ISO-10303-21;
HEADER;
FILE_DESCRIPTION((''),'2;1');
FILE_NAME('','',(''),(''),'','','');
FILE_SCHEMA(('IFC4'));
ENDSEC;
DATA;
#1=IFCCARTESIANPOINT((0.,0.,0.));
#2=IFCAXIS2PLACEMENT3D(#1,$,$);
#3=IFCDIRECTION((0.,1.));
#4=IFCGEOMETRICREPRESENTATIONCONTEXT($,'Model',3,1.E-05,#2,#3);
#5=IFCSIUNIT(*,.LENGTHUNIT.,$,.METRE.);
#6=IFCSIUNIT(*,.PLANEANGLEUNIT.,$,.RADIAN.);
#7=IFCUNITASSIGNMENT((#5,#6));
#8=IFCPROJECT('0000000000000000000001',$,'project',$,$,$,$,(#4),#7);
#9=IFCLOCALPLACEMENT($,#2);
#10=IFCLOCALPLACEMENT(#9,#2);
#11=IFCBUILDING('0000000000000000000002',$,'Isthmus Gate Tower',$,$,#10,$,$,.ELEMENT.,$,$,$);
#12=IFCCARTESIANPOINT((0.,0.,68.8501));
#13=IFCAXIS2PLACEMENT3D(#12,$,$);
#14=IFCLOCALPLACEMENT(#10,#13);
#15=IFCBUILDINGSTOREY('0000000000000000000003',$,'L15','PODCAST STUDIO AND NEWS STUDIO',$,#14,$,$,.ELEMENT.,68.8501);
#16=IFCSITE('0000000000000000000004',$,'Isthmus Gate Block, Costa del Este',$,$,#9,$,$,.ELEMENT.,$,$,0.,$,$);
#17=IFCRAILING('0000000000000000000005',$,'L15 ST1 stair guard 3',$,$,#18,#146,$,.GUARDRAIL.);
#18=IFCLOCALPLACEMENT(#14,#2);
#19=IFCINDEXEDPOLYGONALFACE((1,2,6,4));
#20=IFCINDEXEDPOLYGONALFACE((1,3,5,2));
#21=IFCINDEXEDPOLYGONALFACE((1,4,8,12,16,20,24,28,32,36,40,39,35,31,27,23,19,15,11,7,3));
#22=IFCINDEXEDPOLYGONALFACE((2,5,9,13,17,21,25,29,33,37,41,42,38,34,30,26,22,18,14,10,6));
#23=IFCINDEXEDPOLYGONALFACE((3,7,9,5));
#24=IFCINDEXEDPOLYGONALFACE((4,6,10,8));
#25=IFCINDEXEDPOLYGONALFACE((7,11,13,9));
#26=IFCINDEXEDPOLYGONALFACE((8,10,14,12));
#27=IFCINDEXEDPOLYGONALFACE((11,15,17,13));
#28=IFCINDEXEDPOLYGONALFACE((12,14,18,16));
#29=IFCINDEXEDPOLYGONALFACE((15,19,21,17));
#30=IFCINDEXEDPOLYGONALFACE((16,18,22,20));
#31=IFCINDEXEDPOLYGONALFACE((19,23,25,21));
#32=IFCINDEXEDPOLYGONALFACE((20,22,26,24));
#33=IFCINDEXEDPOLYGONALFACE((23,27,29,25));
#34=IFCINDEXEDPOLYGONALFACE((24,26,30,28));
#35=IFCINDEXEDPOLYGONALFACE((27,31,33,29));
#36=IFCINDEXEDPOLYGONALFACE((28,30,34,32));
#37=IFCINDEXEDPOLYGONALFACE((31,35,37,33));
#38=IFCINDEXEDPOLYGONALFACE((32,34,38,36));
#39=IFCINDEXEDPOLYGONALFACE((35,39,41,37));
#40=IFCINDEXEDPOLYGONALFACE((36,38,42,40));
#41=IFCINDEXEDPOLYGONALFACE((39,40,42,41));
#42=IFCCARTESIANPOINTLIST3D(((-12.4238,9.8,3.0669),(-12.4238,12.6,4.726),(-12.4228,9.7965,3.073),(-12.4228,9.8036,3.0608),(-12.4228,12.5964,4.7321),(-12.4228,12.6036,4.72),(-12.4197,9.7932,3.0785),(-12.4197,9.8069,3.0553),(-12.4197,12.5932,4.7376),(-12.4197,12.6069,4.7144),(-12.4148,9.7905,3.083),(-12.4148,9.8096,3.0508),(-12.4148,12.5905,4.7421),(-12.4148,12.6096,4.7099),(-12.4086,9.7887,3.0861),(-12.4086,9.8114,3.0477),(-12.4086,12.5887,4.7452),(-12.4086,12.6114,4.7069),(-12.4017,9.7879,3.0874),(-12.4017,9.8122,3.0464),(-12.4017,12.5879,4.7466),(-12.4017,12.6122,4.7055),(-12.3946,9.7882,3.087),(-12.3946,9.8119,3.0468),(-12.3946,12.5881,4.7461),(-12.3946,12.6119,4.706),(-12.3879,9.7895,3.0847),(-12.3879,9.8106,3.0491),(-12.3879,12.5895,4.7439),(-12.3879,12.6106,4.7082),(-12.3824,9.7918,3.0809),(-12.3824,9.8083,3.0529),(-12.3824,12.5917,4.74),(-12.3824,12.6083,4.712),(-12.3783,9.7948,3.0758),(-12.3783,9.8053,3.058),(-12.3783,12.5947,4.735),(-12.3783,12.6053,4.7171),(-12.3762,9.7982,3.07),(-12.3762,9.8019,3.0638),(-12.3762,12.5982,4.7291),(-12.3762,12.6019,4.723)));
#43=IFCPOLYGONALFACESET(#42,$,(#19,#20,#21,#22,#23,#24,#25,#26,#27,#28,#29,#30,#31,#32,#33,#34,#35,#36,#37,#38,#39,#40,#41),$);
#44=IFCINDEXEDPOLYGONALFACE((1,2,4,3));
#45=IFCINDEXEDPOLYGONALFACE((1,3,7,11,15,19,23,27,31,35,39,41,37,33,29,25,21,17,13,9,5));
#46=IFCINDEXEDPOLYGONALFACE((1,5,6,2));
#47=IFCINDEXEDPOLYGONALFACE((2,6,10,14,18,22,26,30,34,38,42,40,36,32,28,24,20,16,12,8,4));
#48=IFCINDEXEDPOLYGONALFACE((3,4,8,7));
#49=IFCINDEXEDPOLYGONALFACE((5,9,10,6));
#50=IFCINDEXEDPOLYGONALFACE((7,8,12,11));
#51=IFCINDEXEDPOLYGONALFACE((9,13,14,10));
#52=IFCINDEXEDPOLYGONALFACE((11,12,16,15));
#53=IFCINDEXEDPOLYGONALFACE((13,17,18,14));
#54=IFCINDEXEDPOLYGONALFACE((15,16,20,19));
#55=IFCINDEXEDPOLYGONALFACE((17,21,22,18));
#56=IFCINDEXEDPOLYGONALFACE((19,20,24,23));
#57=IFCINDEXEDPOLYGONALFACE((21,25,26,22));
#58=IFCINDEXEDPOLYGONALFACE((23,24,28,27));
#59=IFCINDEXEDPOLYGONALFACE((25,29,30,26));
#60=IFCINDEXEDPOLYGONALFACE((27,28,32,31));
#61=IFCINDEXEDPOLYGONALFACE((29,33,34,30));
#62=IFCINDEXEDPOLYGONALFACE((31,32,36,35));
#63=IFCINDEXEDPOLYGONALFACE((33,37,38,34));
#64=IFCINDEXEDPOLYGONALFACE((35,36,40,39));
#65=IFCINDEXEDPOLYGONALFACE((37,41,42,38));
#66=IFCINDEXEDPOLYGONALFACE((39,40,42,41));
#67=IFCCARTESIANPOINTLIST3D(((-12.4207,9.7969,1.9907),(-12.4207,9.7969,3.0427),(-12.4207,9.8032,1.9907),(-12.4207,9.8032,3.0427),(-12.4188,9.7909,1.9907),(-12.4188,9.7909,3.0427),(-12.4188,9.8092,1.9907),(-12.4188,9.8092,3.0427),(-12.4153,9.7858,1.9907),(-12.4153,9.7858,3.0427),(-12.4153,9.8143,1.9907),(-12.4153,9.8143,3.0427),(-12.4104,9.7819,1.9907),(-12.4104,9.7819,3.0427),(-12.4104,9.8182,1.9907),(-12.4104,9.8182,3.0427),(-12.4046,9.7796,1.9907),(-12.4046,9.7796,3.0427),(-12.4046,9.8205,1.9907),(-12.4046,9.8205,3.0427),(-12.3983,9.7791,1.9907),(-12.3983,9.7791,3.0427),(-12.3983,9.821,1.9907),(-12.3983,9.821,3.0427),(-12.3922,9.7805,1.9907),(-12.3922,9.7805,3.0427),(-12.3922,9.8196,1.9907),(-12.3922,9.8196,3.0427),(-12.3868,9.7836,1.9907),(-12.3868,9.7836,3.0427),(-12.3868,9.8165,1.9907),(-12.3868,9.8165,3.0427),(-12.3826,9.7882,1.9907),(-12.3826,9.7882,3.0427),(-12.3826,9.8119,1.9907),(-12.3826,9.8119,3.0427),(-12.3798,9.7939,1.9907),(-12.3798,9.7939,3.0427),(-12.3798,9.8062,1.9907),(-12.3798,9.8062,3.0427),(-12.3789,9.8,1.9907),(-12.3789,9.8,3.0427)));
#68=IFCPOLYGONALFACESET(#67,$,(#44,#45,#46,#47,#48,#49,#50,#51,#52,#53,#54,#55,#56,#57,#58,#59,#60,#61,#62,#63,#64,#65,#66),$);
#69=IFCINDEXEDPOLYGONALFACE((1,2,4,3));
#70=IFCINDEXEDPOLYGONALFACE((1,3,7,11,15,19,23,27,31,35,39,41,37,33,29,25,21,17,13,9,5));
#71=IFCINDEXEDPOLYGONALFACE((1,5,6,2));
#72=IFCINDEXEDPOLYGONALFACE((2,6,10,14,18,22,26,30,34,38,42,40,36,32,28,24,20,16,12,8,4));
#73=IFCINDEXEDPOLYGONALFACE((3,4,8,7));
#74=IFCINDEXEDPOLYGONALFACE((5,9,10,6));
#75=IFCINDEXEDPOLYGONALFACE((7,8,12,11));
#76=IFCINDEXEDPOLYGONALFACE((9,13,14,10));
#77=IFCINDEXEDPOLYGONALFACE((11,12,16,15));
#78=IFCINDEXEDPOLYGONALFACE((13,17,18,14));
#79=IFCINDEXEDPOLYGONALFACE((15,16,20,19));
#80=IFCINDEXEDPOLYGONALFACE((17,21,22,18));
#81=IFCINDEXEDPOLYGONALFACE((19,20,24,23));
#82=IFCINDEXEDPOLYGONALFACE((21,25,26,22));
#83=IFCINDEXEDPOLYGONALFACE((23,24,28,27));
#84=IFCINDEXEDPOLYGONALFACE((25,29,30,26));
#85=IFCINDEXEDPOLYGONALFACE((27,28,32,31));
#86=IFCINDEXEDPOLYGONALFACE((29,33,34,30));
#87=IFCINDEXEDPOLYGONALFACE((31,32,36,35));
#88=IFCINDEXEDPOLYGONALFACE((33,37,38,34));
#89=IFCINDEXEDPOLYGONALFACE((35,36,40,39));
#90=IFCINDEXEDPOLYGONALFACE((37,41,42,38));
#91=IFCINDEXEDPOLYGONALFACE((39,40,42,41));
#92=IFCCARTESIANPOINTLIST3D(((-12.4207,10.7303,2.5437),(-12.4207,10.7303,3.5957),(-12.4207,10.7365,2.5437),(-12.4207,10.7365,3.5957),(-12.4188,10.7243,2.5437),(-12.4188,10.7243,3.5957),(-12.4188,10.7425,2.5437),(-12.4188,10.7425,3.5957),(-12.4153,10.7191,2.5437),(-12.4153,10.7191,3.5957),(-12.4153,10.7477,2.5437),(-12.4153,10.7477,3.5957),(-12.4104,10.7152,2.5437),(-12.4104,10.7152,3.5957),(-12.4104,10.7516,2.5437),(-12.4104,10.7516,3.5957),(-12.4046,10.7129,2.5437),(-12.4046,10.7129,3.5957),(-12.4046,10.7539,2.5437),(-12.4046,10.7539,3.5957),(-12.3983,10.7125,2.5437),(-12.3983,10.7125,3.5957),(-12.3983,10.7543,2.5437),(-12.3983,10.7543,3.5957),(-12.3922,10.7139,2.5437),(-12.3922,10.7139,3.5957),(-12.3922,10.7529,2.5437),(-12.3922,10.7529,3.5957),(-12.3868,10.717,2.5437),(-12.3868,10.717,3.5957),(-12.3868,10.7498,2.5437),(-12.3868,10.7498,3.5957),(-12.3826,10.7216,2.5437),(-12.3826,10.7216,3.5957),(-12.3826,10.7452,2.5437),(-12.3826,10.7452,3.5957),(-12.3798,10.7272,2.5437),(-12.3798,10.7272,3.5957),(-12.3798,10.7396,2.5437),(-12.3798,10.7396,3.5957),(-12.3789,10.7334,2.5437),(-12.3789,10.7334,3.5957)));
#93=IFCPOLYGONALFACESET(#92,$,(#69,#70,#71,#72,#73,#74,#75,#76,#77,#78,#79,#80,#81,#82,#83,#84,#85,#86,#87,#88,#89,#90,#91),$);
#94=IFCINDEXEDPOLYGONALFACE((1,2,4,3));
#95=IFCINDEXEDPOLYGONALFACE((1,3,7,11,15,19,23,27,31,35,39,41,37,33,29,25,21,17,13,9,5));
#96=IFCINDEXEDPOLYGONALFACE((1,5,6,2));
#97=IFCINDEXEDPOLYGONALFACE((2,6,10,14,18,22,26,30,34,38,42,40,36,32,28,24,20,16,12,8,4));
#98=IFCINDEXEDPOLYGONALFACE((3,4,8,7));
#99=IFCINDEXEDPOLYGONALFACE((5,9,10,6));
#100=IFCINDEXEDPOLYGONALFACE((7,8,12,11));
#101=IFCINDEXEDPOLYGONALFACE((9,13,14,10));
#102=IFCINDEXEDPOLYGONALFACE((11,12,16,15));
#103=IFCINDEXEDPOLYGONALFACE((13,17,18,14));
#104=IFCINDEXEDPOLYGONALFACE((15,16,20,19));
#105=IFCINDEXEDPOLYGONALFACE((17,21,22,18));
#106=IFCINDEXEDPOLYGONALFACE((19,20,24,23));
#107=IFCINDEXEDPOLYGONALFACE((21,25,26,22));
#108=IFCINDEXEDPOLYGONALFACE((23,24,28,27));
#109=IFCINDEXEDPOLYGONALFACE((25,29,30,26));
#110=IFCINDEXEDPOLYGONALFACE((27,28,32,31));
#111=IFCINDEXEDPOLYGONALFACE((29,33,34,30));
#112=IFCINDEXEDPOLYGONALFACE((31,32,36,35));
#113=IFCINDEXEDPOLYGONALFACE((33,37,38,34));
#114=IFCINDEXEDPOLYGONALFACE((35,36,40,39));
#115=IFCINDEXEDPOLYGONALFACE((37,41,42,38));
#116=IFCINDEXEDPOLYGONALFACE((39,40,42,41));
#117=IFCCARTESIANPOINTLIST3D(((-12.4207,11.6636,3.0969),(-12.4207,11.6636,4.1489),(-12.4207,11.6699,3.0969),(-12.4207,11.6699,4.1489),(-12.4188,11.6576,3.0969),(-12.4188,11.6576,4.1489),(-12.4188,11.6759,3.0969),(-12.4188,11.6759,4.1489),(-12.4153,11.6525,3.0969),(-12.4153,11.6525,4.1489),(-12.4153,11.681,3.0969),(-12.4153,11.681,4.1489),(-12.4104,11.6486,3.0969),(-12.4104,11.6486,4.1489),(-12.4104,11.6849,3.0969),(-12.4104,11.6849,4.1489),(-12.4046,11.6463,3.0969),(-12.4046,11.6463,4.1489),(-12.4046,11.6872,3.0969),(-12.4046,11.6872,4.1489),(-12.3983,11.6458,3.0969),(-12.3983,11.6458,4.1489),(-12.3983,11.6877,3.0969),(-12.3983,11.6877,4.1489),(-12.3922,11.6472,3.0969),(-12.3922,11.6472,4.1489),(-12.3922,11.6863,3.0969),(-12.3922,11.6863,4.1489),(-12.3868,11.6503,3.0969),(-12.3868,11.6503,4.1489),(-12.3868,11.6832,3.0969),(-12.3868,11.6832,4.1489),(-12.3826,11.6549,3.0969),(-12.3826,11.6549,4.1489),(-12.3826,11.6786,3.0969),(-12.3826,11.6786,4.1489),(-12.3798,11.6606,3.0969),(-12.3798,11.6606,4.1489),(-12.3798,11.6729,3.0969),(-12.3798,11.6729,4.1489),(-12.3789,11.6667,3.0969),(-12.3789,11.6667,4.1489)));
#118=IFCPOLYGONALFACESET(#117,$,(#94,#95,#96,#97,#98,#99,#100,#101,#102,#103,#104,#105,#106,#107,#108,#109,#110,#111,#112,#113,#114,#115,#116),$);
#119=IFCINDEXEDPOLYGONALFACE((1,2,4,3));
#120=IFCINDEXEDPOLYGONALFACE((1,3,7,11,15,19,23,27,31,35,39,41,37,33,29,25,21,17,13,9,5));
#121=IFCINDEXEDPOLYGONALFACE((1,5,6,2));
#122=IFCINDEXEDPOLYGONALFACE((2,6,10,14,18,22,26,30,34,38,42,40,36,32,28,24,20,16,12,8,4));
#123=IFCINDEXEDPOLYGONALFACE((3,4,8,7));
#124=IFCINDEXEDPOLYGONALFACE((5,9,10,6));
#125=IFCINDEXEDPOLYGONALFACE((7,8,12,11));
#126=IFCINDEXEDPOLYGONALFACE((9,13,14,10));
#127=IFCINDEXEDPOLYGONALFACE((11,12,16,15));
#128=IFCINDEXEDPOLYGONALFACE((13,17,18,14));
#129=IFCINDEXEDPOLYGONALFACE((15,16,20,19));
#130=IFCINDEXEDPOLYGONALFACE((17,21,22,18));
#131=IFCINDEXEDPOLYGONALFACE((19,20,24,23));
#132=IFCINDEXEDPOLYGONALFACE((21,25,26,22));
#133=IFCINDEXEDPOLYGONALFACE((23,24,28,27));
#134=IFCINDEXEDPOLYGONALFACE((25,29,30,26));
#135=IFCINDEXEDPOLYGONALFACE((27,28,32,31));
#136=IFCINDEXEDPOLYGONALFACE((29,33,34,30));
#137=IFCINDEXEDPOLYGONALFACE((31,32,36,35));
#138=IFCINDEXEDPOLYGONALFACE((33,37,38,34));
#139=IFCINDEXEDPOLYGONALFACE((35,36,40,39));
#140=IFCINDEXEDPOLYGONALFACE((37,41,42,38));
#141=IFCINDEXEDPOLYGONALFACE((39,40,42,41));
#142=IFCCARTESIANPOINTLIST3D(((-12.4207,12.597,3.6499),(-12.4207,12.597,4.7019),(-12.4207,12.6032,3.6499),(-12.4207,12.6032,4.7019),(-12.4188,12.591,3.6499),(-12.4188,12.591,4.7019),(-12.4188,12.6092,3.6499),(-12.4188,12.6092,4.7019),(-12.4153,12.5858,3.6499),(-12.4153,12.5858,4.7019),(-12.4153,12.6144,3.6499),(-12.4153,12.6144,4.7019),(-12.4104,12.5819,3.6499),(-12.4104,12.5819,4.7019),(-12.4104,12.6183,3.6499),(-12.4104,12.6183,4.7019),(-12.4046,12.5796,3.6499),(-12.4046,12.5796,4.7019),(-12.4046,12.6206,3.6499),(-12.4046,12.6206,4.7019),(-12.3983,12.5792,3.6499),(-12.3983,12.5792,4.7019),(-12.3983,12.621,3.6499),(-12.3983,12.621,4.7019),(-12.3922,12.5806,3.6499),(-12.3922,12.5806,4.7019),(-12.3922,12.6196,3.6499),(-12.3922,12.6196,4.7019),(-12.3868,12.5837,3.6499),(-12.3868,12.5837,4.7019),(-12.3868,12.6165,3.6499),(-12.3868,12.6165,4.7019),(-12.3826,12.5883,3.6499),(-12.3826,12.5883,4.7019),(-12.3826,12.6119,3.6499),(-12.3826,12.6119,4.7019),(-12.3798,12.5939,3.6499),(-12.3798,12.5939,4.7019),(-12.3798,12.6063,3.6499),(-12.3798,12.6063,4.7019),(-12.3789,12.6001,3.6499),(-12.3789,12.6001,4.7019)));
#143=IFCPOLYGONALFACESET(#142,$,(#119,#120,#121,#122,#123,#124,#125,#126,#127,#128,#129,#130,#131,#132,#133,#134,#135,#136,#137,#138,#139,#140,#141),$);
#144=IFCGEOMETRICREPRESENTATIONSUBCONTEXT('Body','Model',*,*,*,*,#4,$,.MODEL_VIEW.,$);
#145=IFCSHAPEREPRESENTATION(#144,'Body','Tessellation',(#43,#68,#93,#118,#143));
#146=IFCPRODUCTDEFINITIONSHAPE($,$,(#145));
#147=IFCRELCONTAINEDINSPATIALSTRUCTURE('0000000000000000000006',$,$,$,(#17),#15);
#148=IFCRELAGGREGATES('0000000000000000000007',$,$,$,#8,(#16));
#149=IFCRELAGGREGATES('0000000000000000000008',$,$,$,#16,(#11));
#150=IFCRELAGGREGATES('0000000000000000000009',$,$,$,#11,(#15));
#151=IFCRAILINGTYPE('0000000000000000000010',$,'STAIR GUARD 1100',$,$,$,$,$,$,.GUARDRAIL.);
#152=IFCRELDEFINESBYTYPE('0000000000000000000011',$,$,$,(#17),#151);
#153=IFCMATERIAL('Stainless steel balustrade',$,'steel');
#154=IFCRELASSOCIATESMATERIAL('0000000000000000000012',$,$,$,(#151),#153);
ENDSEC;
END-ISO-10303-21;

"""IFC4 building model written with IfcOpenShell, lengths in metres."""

from ifc_helpers import new_model, si_unit, direction, frame, origin, origin_2d, place, context, subcontext, project, spatial, circle, extrude, material, type_object, element, save


model = new_model("IFC4")

# Units and contexts
model_context = context("Model", 3, precision=1e-05, world=origin(), true_north=direction((0.0, 1.0)))
body_context = subcontext(model_context, "Body", "Model", "MODEL_VIEW")
ifc_project = project(units=[si_unit("LENGTHUNIT", "METRE"), si_unit("PLANEANGLEUNIT", "RADIAN")], contexts=[model_context])

# Site, building, storey
site_placement = place(None, origin())
site = spatial("IfcSite", under=ifc_project, at=site_placement, Name="Isthmus Gate Block, Costa del Este", CompositionType="ELEMENT", RefElevation=0.0)
building_placement = place(site_placement, origin())
building = spatial("IfcBuilding", under=site, at=building_placement, Name="Isthmus Gate Tower", CompositionType="ELEMENT")
storey_placement = place(building_placement, frame((0.0, 0.0, 68.8501)))
storey = spatial("IfcBuildingStorey", under=building, at=storey_placement, Name="L15", Description="PODCAST STUDIO AND NEWS STUDIO", CompositionType="ELEMENT", Elevation=68.8501)

# Railing
ifc_material_1 = material(Name="Stainless steel balustrade", Category="steel")
railing_type_1 = type_object("IfcRailingType", Name="STAIR GUARD 1100", PredefinedType="GUARDRAIL", material=ifc_material_1)
railing_1_placement = place(storey_placement, frame((-12.3999, 9.8, 1.9907)))
element("IfcRailing", 1, at=railing_1_placement, inside=storey, type_object=railing_type_1, Name="L15 ST1 stair guard 3", PredefinedType="GUARDRAIL", context=body_context, shape_type="SweptSolid", body=[
    extrude(circle(Radius=0.0239, at=origin_2d()), frame((0.0, 0.0, 1.0762), z_axis=(0.0, 0.860306, 0.509778), x_axis=(-1.0, 0.0, 0.0)), (0.0, 0.0, 1.0), 3.2546),
    extrude(circle(Radius=0.021, at=origin_2d()), origin(), (0.0, 0.0, 1.0), 1.052),
    extrude(circle(Radius=0.021, at=origin_2d()), frame((0.0, 0.9333, 0.553)), (0.0, 0.0, 1.0), 1.052),
    extrude(circle(Radius=0.021, at=origin_2d()), frame((0.0, 1.8667, 1.1062)), (0.0, 0.0, 1.0), 1.052),
    extrude(circle(Radius=0.021, at=origin_2d()), frame((0.0, 2.8, 1.6592)), (0.0, 0.0, 1.0), 1.052),
])

save(model, "model.ifc")
